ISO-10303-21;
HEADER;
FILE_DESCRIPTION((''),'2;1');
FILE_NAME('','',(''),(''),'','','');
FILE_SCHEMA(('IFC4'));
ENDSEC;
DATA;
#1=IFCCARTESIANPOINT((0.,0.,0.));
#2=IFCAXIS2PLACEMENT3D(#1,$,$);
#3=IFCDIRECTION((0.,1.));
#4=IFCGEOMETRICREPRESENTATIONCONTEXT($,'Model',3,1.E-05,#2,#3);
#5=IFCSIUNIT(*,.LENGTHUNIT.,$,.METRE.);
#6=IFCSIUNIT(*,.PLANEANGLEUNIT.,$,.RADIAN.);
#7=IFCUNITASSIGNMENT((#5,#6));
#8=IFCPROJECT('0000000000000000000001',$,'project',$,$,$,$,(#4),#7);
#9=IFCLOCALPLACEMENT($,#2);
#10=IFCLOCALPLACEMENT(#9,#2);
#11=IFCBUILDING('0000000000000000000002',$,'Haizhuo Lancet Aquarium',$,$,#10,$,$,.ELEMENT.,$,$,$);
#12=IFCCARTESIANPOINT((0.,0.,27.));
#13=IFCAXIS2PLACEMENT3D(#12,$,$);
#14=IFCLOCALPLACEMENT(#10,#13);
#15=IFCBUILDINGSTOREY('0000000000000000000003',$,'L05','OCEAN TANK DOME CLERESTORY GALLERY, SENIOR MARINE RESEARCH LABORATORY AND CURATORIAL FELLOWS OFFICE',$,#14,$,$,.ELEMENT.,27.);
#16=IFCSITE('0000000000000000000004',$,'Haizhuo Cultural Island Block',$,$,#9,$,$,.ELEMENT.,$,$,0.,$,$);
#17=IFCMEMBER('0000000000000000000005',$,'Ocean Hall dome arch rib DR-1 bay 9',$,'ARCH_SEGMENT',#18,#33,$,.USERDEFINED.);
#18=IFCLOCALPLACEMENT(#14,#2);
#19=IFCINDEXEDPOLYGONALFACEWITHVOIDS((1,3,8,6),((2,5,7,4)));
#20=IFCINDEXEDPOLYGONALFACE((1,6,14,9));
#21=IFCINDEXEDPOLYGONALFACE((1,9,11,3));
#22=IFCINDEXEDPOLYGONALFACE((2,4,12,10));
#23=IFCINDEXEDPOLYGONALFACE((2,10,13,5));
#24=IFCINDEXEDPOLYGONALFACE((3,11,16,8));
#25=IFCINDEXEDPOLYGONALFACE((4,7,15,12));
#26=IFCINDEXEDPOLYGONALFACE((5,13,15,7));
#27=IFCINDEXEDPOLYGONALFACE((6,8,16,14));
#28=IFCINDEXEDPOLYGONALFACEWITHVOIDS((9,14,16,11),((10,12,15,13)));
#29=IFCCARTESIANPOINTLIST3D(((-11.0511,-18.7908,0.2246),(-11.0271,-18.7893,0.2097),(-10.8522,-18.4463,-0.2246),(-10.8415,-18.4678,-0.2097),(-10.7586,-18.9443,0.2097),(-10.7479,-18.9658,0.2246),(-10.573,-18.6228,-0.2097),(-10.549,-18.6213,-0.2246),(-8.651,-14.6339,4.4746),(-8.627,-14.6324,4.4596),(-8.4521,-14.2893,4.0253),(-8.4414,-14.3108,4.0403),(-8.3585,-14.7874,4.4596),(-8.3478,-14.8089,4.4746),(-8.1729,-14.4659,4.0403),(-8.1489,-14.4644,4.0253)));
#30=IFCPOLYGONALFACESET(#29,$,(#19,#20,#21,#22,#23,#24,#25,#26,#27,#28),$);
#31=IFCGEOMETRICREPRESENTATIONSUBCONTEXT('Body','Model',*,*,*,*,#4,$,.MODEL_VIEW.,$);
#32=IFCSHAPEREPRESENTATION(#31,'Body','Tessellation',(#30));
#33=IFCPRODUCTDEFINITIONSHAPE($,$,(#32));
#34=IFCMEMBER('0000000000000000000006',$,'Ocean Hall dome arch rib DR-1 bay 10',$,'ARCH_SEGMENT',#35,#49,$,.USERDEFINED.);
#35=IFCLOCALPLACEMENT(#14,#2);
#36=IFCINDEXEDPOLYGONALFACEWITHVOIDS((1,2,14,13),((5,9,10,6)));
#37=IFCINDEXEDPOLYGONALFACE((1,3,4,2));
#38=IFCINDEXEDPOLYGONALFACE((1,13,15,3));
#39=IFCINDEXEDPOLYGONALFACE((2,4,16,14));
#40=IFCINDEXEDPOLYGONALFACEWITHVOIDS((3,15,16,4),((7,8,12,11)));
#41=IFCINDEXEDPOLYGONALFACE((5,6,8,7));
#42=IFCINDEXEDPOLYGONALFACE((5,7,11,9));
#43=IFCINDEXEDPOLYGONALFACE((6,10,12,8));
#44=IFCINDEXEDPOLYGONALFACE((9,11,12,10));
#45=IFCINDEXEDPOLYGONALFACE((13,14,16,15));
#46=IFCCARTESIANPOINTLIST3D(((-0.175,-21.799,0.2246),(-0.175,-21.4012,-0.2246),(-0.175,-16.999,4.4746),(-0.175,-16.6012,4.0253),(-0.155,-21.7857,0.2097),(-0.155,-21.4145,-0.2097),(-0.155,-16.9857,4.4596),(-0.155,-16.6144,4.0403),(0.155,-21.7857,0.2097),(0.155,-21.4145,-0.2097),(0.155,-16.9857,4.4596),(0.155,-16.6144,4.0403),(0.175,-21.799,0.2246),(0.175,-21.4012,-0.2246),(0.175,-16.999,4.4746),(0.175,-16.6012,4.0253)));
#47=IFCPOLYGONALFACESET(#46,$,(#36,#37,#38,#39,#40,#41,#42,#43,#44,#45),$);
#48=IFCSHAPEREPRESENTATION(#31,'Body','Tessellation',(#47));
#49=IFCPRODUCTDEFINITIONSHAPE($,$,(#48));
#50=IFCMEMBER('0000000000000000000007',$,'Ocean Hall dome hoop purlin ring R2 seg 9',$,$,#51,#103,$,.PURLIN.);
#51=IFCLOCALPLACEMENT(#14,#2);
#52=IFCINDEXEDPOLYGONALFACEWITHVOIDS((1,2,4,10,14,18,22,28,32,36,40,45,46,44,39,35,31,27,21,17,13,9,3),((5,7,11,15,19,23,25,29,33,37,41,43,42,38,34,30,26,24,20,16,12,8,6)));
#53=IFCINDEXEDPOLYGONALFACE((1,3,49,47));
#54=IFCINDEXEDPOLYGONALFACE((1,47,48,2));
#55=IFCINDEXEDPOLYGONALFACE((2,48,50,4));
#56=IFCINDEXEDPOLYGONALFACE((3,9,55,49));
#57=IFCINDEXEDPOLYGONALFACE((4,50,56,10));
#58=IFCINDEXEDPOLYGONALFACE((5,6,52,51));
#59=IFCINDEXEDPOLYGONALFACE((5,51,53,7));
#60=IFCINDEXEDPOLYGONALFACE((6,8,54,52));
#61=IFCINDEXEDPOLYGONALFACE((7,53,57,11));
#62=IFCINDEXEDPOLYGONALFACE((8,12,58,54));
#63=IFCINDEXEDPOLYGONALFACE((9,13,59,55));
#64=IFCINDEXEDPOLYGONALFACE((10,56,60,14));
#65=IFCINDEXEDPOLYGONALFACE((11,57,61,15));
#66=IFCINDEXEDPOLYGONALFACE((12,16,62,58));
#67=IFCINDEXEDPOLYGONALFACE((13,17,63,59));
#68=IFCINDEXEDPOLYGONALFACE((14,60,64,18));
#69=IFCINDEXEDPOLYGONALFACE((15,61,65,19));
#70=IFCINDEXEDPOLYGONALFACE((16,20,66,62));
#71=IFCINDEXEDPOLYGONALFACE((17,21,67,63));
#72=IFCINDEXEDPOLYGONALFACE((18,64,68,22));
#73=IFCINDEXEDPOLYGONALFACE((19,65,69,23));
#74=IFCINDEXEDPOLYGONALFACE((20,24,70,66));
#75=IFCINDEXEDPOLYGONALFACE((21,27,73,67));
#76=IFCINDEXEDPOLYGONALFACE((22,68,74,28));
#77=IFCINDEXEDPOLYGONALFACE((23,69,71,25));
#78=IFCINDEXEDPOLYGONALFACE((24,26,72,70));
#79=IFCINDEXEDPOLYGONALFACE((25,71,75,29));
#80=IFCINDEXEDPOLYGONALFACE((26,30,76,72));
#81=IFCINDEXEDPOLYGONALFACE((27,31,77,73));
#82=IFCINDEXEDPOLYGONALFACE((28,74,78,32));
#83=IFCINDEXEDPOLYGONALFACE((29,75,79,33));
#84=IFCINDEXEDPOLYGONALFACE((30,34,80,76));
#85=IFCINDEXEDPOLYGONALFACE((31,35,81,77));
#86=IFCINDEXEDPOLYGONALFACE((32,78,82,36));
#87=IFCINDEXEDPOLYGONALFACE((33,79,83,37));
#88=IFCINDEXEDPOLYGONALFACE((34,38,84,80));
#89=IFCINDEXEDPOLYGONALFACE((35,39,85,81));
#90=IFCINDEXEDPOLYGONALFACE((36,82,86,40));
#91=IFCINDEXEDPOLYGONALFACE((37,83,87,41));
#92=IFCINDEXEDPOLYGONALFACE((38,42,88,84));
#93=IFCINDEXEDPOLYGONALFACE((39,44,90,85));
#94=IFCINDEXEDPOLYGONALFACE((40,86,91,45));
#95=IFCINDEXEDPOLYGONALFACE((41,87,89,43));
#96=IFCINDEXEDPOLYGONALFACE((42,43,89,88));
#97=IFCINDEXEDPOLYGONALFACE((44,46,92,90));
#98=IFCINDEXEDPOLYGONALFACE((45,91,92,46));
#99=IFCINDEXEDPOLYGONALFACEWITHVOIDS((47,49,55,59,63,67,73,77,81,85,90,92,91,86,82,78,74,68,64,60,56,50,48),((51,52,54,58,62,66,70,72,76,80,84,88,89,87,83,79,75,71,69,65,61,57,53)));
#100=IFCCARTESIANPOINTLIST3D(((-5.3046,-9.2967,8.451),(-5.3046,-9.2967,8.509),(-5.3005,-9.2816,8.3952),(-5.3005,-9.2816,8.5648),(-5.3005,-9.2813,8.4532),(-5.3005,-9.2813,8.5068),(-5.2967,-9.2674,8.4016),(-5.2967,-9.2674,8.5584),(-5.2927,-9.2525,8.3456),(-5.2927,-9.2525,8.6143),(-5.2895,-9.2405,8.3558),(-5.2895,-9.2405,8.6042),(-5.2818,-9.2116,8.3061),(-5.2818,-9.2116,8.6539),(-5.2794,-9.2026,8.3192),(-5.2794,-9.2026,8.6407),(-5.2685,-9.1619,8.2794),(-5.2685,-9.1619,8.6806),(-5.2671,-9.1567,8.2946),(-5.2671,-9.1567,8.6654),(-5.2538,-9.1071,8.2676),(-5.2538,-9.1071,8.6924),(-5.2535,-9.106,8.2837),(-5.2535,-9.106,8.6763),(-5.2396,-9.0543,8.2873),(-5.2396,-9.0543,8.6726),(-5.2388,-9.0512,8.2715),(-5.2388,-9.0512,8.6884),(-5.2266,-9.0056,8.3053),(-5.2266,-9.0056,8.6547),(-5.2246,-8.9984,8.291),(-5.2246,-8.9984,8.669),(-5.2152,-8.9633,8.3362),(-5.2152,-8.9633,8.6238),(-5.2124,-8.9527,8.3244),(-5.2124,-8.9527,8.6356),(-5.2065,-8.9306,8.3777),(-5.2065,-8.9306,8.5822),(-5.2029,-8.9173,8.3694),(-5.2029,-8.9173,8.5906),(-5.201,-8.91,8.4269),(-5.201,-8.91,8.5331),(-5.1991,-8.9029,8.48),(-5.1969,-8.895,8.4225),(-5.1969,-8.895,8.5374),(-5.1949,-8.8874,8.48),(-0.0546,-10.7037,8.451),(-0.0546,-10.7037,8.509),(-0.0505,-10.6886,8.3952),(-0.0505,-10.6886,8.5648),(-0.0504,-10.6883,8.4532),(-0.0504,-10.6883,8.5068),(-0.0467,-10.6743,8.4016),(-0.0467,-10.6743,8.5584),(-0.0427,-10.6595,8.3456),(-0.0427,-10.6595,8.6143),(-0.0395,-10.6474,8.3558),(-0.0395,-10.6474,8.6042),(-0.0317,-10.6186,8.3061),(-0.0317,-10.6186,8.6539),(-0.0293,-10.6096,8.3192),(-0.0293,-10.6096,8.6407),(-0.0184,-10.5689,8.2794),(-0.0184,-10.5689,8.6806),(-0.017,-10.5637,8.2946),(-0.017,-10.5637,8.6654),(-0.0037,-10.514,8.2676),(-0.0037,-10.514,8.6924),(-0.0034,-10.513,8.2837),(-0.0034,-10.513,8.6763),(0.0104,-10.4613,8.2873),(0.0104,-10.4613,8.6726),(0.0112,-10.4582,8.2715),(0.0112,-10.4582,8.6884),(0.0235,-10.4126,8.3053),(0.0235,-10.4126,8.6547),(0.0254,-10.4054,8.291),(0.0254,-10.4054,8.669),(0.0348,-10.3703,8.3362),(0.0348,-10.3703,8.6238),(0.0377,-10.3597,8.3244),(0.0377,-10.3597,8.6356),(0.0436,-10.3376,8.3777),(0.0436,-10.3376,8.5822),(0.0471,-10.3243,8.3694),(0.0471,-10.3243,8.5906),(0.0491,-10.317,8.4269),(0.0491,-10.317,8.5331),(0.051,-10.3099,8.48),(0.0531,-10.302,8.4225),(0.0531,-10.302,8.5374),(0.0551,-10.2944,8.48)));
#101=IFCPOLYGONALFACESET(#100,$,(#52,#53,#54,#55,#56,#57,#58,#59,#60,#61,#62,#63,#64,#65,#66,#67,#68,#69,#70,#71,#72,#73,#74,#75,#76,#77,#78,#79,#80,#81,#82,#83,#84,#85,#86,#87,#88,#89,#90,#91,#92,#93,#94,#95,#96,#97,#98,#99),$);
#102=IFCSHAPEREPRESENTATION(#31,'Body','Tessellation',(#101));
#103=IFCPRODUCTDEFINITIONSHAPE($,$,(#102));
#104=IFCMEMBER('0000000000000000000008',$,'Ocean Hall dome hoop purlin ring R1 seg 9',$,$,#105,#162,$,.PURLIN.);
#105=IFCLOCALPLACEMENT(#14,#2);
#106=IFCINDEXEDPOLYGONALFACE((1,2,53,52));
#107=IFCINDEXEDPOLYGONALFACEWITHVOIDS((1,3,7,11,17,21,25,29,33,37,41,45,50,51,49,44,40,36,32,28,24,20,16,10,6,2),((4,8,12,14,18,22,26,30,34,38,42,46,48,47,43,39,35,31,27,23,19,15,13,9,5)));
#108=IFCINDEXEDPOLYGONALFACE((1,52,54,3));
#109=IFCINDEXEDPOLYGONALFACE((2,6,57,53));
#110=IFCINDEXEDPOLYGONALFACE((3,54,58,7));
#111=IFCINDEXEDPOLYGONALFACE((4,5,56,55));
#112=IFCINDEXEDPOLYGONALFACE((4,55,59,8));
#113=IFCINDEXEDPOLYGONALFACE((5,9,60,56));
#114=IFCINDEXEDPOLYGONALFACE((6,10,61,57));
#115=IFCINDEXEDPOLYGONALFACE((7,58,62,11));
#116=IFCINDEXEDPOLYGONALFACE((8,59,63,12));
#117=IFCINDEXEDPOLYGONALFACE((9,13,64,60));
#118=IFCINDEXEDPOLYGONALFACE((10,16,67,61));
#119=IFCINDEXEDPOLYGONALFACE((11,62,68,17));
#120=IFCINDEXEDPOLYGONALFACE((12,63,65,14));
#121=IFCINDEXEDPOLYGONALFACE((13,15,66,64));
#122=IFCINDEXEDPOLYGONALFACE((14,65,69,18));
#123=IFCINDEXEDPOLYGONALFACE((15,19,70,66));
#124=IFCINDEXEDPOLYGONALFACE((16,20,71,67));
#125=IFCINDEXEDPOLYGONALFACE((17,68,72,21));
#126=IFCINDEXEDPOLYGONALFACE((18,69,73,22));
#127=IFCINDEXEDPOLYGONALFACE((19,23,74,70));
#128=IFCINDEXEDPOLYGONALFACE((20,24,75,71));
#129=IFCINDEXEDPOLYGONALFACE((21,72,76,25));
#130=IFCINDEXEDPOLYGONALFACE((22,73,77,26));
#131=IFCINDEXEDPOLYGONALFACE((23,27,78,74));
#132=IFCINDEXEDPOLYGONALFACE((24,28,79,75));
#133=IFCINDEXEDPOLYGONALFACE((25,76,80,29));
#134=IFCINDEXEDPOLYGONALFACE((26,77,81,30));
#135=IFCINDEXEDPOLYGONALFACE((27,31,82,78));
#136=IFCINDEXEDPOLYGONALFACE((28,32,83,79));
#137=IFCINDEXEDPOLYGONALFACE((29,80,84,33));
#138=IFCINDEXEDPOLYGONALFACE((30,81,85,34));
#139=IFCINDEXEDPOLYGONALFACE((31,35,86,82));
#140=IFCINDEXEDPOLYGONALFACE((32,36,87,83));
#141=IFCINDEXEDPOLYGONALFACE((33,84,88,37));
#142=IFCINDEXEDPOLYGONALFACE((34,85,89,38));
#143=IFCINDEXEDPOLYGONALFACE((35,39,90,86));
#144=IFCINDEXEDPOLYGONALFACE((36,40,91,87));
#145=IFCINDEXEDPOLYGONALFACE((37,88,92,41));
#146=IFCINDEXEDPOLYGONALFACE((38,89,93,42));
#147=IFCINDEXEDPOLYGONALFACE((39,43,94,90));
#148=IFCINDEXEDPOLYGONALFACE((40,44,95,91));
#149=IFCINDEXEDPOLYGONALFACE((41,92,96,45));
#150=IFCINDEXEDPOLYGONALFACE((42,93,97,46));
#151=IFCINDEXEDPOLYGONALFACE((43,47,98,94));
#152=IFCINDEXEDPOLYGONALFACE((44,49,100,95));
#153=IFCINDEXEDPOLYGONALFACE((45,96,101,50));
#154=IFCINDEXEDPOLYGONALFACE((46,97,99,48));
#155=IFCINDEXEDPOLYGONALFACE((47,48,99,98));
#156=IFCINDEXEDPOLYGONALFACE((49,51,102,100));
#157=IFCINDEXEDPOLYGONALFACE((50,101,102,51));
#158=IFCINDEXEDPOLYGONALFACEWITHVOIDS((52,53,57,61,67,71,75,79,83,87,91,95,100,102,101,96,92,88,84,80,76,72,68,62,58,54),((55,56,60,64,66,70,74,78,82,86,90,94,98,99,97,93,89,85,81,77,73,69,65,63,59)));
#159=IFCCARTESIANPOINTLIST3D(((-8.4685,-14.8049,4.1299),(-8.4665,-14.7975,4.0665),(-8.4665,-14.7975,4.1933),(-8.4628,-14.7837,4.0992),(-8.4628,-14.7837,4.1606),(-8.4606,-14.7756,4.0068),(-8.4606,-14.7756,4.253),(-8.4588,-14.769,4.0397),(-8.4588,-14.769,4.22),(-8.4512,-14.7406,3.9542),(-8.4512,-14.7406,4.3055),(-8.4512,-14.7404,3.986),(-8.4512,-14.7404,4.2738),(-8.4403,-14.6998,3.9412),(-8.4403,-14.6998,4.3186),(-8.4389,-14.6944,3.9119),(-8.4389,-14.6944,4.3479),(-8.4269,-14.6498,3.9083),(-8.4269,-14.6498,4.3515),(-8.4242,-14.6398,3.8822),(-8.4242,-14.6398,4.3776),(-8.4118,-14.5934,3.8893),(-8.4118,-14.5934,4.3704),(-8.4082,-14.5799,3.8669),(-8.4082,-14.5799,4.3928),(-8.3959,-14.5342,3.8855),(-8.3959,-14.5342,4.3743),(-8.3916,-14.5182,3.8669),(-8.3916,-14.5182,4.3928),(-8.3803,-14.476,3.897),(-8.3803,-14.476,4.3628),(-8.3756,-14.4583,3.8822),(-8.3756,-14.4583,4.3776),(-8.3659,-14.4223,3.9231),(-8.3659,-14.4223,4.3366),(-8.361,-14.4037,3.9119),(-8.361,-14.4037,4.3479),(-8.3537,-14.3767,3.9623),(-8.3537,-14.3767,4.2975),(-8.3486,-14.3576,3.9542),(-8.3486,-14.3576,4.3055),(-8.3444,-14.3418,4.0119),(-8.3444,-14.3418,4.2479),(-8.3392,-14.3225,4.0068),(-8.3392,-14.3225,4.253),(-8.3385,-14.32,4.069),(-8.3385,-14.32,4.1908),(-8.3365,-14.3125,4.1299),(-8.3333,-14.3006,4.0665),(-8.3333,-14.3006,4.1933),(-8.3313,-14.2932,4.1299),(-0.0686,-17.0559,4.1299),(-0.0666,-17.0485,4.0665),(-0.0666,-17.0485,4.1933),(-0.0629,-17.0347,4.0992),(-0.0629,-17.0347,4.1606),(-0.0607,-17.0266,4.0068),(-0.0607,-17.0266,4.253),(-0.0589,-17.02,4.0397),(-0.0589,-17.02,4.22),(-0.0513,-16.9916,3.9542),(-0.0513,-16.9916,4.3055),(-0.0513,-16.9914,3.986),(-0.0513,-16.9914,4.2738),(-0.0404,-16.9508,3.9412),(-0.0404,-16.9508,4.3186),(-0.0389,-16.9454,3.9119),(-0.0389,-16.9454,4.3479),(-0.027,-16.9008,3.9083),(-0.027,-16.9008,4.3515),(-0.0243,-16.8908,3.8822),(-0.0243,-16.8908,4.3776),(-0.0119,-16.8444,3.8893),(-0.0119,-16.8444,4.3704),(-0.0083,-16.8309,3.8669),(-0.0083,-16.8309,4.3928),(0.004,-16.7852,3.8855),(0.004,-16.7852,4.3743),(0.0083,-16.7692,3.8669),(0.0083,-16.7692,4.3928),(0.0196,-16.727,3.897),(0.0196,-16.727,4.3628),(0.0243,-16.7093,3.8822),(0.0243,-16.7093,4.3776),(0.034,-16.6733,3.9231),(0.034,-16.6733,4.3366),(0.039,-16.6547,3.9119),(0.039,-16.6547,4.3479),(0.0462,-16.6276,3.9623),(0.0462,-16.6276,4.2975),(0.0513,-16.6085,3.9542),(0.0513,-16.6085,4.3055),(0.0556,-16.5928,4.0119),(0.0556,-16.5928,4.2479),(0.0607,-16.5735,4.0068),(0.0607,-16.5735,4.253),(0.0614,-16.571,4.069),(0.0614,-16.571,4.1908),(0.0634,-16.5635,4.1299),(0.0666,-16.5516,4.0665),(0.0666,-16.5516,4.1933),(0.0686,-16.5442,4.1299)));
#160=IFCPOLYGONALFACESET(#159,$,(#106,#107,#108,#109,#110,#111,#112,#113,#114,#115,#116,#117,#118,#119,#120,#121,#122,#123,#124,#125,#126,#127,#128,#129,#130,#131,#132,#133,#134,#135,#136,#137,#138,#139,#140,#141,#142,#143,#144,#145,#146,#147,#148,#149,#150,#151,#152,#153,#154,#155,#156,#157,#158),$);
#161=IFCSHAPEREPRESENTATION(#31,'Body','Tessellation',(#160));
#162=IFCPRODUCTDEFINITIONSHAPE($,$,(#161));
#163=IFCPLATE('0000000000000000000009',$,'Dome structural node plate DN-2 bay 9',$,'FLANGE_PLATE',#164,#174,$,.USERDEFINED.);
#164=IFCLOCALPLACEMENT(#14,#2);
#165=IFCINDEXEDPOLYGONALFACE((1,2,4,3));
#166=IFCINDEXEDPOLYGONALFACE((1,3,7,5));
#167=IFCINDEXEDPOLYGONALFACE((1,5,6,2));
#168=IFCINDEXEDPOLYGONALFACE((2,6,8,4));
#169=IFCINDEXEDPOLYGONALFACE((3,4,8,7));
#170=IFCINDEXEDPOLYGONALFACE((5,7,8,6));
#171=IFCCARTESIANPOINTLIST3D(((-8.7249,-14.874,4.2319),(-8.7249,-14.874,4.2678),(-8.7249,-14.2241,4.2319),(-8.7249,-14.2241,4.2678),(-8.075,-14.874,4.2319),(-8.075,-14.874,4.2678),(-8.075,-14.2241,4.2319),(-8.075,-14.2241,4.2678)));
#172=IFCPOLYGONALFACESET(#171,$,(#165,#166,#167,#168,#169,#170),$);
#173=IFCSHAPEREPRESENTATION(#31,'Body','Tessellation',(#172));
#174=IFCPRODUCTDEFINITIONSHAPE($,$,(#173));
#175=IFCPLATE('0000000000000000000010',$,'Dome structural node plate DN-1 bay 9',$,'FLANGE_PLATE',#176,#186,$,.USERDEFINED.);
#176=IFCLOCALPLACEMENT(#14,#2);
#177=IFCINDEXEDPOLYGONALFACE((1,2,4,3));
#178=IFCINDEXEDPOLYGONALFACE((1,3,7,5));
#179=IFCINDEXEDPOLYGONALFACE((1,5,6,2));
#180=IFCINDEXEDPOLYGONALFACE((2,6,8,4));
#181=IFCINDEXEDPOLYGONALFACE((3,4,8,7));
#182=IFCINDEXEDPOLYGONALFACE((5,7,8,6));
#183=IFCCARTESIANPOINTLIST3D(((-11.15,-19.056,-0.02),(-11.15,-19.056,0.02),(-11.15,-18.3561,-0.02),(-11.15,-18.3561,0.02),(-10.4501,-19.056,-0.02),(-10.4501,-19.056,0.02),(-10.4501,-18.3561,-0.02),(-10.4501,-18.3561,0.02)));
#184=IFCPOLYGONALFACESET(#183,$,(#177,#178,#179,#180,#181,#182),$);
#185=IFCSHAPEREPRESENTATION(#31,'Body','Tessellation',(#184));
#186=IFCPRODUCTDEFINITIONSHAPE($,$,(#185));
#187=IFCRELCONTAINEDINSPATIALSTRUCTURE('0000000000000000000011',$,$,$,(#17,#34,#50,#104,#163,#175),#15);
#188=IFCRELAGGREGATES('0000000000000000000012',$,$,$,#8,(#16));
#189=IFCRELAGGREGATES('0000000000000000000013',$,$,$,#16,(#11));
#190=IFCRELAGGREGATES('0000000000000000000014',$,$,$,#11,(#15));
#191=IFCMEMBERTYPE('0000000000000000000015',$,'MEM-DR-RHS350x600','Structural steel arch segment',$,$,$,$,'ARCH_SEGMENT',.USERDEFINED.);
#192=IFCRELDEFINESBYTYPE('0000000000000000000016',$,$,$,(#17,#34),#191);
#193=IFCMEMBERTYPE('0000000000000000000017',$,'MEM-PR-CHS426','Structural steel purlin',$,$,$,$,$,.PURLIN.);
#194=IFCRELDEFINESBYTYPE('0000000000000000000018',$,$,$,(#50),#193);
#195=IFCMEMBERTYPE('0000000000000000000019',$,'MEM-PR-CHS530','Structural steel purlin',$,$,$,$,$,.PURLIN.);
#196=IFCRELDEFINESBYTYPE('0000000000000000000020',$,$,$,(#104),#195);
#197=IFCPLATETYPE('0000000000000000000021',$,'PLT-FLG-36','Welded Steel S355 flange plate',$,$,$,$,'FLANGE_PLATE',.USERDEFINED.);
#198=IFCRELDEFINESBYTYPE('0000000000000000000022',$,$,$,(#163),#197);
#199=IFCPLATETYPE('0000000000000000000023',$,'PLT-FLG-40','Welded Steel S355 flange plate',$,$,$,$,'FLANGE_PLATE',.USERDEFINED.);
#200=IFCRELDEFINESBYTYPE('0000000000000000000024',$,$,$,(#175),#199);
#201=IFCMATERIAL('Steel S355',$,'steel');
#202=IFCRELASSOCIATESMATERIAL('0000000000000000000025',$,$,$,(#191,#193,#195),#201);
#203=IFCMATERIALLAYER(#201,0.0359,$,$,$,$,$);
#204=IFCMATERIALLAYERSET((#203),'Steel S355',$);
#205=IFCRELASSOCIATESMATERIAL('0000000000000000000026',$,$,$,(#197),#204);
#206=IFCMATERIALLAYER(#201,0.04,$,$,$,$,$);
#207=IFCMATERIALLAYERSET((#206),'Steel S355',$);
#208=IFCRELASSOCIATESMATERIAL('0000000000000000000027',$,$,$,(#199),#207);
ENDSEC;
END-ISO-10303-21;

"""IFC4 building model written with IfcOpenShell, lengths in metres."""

from ifc_helpers import new_model, si_unit, direction, frame, origin, origin_2d, place, context, subcontext, project, spatial, rectangle, hollow_rectangle, hollow_circle, extrude, material, layer, layer_set, material_profile, profile_set, type_object, element, save


model = new_model("IFC4")

# Units and contexts
model_context = context("Model", 3, precision=1e-05, world=origin(), true_north=direction((0.0, 1.0)))
body_context = subcontext(model_context, "Body", "Model", "MODEL_VIEW")
ifc_project = project(units=[si_unit("LENGTHUNIT", "METRE"), si_unit("PLANEANGLEUNIT", "RADIAN")], contexts=[model_context])

# Site, building, storey
site_placement = place(None, origin())
site = spatial("IfcSite", under=ifc_project, at=site_placement, Name="Haizhuo Cultural Island Block", CompositionType="ELEMENT", RefElevation=0.0)
building_placement = place(site_placement, origin())
building = spatial("IfcBuilding", under=site, at=building_placement, Name="Haizhuo Lancet Aquarium", CompositionType="ELEMENT")
storey_placement = place(building_placement, frame((0.0, 0.0, 27.0)))
storey = spatial("IfcBuildingStorey", under=building, at=storey_placement, Name="L05", Description="OCEAN TANK DOME CLERESTORY GALLERY, SENIOR MARINE RESEARCH LABORATORY AND CURATORIAL FELLOWS OFFICE", CompositionType="ELEMENT", Elevation=27.0)

# Members
ifc_material_1 = material(Name="Steel S355", Category="steel")
ifc_material_profile_1 = material_profile(ifc_material_1, hollow_rectangle(XDim=0.3501, YDim=0.6001, WallThickness=0.02, at=origin_2d()), Name="RHS 350x600x20")
ifc_profile_set_1 = profile_set([ifc_material_profile_1], Name="Steel S355")
member_type_1 = type_object("IfcMemberType", Name="MEM-DR-RHS350x600", Description="Structural steel arch segment", ElementType="ARCH_SEGMENT", PredefinedType="USERDEFINED", material=ifc_profile_set_1)
for number, where, z_axis, x_axis, name in (
    (1, (-10.8, -18.7061, 0.0), (0.374367, 0.648392, 0.662901), (-0.866015, 0.500017, 0.0), "Ocean Hall dome arch rib DR-1 bay 9"),
    (2, (0.0, -21.6001, 0.0), (0.0, 0.748702, 0.662907), (-1.0, 0.0, 0.0), "Ocean Hall dome arch rib DR-1 bay 10"),
):
    element("IfcMember", number, at=place(storey_placement, frame(where, z_axis=z_axis, x_axis=x_axis)), inside=storey, type_object=member_type_1, Name=name, ObjectType="ARCH_SEGMENT", PredefinedType="USERDEFINED", context=body_context, shape_type="SweptSolid", body=[
        extrude(hollow_rectangle(XDim=0.3501, YDim=0.6001, WallThickness=0.02, at=origin_2d()), origin(), (0.0, 0.0, 1.0), 6.4111),
    ])
ifc_material_profile_2 = material_profile(ifc_material_1, hollow_circle(Radius=0.2129, WallThickness=0.0161, at=origin_2d()), Name="CHS 426x16")
ifc_profile_set_2 = profile_set([ifc_material_profile_2], Name="Steel S355")
member_type_2 = type_object("IfcMemberType", Name="MEM-PR-CHS426", Description="Structural steel purlin", PredefinedType="PURLIN", material=ifc_profile_set_2)
member_1_placement = place(storey_placement, frame((-5.25, -9.093, 8.48), z_axis=(0.965914, -0.258862, 0.0), x_axis=(0.258862, 0.965914, 0.0)))
element("IfcMember", 3, at=member_1_placement, inside=storey, type_object=member_type_2, Name="Ocean Hall dome hoop purlin ring R2 seg 9", PredefinedType="PURLIN", context=body_context, shape_type="SweptSolid", body=[
    extrude(hollow_circle(Radius=0.2129, WallThickness=0.0161, at=origin_2d()), origin(), (0.0, 0.0, 1.0), 5.4353),
])
ifc_material_profile_3 = material_profile(ifc_material_1, hollow_circle(Radius=0.2649, WallThickness=0.02, at=origin_2d()), Name="CHS 530x20")
ifc_profile_set_3 = profile_set([ifc_material_profile_3], Name="Steel S355")
member_type_3 = type_object("IfcMemberType", Name="MEM-PR-CHS530", Description="Structural steel purlin", PredefinedType="PURLIN", material=ifc_profile_set_3)
member_2_placement = place(storey_placement, frame((-8.3999, -14.5491, 4.1299), z_axis=(0.965919, -0.258844, 0.0), x_axis=(0.258844, 0.965919, 0.0)))
element("IfcMember", 4, at=member_2_placement, inside=storey, type_object=member_type_3, Name="Ocean Hall dome hoop purlin ring R1 seg 9", PredefinedType="PURLIN", context=body_context, shape_type="SweptSolid", body=[
    extrude(hollow_circle(Radius=0.2649, WallThickness=0.02, at=origin_2d()), origin(), (0.0, 0.0, 1.0), 8.6963),
])

# Plates
ifc_layer_1 = layer(ifc_material_1, 0.0359)
ifc_layer_set_1 = layer_set([ifc_layer_1], Name="Steel S355")
plate_type_1 = type_object("IfcPlateType", Name="PLT-FLG-36", Description="Welded Steel S355 flange plate", ElementType="FLANGE_PLATE", PredefinedType="USERDEFINED", material=ifc_layer_set_1)
plate_1_placement = place(storey_placement, frame((-8.3999, -14.5491, 4.2319), z_axis=(0.0, 0.0, 1.0), x_axis=(1.0, 0.0, 0.0)))
element("IfcPlate", 5, at=plate_1_placement, inside=storey, type_object=plate_type_1, Name="Dome structural node plate DN-2 bay 9", ObjectType="FLANGE_PLATE", PredefinedType="USERDEFINED", context=body_context, shape_type="SweptSolid", body=[
    extrude(rectangle(XDim=0.6499, YDim=0.6499, at=origin_2d()), origin(), (0.0, 0.0, 1.0), 0.0359),
])
ifc_layer_2 = layer(ifc_material_1, 0.04)
ifc_layer_set_2 = layer_set([ifc_layer_2], Name="Steel S355")
plate_type_2 = type_object("IfcPlateType", Name="PLT-FLG-40", Description="Welded Steel S355 flange plate", ElementType="FLANGE_PLATE", PredefinedType="USERDEFINED", material=ifc_layer_set_2)
plate_2_placement = place(storey_placement, frame((-10.8, -18.7061, -0.02), z_axis=(0.0, 0.0, 1.0), x_axis=(1.0, 0.0, 0.0)))
element("IfcPlate", 6, at=plate_2_placement, inside=storey, type_object=plate_type_2, Name="Dome structural node plate DN-1 bay 9", ObjectType="FLANGE_PLATE", PredefinedType="USERDEFINED", context=body_context, shape_type="SweptSolid", body=[
    extrude(rectangle(XDim=0.7, YDim=0.7, at=origin_2d()), origin(), (0.0, 0.0, 1.0), 0.04),
])

save(model, "model.ifc")
